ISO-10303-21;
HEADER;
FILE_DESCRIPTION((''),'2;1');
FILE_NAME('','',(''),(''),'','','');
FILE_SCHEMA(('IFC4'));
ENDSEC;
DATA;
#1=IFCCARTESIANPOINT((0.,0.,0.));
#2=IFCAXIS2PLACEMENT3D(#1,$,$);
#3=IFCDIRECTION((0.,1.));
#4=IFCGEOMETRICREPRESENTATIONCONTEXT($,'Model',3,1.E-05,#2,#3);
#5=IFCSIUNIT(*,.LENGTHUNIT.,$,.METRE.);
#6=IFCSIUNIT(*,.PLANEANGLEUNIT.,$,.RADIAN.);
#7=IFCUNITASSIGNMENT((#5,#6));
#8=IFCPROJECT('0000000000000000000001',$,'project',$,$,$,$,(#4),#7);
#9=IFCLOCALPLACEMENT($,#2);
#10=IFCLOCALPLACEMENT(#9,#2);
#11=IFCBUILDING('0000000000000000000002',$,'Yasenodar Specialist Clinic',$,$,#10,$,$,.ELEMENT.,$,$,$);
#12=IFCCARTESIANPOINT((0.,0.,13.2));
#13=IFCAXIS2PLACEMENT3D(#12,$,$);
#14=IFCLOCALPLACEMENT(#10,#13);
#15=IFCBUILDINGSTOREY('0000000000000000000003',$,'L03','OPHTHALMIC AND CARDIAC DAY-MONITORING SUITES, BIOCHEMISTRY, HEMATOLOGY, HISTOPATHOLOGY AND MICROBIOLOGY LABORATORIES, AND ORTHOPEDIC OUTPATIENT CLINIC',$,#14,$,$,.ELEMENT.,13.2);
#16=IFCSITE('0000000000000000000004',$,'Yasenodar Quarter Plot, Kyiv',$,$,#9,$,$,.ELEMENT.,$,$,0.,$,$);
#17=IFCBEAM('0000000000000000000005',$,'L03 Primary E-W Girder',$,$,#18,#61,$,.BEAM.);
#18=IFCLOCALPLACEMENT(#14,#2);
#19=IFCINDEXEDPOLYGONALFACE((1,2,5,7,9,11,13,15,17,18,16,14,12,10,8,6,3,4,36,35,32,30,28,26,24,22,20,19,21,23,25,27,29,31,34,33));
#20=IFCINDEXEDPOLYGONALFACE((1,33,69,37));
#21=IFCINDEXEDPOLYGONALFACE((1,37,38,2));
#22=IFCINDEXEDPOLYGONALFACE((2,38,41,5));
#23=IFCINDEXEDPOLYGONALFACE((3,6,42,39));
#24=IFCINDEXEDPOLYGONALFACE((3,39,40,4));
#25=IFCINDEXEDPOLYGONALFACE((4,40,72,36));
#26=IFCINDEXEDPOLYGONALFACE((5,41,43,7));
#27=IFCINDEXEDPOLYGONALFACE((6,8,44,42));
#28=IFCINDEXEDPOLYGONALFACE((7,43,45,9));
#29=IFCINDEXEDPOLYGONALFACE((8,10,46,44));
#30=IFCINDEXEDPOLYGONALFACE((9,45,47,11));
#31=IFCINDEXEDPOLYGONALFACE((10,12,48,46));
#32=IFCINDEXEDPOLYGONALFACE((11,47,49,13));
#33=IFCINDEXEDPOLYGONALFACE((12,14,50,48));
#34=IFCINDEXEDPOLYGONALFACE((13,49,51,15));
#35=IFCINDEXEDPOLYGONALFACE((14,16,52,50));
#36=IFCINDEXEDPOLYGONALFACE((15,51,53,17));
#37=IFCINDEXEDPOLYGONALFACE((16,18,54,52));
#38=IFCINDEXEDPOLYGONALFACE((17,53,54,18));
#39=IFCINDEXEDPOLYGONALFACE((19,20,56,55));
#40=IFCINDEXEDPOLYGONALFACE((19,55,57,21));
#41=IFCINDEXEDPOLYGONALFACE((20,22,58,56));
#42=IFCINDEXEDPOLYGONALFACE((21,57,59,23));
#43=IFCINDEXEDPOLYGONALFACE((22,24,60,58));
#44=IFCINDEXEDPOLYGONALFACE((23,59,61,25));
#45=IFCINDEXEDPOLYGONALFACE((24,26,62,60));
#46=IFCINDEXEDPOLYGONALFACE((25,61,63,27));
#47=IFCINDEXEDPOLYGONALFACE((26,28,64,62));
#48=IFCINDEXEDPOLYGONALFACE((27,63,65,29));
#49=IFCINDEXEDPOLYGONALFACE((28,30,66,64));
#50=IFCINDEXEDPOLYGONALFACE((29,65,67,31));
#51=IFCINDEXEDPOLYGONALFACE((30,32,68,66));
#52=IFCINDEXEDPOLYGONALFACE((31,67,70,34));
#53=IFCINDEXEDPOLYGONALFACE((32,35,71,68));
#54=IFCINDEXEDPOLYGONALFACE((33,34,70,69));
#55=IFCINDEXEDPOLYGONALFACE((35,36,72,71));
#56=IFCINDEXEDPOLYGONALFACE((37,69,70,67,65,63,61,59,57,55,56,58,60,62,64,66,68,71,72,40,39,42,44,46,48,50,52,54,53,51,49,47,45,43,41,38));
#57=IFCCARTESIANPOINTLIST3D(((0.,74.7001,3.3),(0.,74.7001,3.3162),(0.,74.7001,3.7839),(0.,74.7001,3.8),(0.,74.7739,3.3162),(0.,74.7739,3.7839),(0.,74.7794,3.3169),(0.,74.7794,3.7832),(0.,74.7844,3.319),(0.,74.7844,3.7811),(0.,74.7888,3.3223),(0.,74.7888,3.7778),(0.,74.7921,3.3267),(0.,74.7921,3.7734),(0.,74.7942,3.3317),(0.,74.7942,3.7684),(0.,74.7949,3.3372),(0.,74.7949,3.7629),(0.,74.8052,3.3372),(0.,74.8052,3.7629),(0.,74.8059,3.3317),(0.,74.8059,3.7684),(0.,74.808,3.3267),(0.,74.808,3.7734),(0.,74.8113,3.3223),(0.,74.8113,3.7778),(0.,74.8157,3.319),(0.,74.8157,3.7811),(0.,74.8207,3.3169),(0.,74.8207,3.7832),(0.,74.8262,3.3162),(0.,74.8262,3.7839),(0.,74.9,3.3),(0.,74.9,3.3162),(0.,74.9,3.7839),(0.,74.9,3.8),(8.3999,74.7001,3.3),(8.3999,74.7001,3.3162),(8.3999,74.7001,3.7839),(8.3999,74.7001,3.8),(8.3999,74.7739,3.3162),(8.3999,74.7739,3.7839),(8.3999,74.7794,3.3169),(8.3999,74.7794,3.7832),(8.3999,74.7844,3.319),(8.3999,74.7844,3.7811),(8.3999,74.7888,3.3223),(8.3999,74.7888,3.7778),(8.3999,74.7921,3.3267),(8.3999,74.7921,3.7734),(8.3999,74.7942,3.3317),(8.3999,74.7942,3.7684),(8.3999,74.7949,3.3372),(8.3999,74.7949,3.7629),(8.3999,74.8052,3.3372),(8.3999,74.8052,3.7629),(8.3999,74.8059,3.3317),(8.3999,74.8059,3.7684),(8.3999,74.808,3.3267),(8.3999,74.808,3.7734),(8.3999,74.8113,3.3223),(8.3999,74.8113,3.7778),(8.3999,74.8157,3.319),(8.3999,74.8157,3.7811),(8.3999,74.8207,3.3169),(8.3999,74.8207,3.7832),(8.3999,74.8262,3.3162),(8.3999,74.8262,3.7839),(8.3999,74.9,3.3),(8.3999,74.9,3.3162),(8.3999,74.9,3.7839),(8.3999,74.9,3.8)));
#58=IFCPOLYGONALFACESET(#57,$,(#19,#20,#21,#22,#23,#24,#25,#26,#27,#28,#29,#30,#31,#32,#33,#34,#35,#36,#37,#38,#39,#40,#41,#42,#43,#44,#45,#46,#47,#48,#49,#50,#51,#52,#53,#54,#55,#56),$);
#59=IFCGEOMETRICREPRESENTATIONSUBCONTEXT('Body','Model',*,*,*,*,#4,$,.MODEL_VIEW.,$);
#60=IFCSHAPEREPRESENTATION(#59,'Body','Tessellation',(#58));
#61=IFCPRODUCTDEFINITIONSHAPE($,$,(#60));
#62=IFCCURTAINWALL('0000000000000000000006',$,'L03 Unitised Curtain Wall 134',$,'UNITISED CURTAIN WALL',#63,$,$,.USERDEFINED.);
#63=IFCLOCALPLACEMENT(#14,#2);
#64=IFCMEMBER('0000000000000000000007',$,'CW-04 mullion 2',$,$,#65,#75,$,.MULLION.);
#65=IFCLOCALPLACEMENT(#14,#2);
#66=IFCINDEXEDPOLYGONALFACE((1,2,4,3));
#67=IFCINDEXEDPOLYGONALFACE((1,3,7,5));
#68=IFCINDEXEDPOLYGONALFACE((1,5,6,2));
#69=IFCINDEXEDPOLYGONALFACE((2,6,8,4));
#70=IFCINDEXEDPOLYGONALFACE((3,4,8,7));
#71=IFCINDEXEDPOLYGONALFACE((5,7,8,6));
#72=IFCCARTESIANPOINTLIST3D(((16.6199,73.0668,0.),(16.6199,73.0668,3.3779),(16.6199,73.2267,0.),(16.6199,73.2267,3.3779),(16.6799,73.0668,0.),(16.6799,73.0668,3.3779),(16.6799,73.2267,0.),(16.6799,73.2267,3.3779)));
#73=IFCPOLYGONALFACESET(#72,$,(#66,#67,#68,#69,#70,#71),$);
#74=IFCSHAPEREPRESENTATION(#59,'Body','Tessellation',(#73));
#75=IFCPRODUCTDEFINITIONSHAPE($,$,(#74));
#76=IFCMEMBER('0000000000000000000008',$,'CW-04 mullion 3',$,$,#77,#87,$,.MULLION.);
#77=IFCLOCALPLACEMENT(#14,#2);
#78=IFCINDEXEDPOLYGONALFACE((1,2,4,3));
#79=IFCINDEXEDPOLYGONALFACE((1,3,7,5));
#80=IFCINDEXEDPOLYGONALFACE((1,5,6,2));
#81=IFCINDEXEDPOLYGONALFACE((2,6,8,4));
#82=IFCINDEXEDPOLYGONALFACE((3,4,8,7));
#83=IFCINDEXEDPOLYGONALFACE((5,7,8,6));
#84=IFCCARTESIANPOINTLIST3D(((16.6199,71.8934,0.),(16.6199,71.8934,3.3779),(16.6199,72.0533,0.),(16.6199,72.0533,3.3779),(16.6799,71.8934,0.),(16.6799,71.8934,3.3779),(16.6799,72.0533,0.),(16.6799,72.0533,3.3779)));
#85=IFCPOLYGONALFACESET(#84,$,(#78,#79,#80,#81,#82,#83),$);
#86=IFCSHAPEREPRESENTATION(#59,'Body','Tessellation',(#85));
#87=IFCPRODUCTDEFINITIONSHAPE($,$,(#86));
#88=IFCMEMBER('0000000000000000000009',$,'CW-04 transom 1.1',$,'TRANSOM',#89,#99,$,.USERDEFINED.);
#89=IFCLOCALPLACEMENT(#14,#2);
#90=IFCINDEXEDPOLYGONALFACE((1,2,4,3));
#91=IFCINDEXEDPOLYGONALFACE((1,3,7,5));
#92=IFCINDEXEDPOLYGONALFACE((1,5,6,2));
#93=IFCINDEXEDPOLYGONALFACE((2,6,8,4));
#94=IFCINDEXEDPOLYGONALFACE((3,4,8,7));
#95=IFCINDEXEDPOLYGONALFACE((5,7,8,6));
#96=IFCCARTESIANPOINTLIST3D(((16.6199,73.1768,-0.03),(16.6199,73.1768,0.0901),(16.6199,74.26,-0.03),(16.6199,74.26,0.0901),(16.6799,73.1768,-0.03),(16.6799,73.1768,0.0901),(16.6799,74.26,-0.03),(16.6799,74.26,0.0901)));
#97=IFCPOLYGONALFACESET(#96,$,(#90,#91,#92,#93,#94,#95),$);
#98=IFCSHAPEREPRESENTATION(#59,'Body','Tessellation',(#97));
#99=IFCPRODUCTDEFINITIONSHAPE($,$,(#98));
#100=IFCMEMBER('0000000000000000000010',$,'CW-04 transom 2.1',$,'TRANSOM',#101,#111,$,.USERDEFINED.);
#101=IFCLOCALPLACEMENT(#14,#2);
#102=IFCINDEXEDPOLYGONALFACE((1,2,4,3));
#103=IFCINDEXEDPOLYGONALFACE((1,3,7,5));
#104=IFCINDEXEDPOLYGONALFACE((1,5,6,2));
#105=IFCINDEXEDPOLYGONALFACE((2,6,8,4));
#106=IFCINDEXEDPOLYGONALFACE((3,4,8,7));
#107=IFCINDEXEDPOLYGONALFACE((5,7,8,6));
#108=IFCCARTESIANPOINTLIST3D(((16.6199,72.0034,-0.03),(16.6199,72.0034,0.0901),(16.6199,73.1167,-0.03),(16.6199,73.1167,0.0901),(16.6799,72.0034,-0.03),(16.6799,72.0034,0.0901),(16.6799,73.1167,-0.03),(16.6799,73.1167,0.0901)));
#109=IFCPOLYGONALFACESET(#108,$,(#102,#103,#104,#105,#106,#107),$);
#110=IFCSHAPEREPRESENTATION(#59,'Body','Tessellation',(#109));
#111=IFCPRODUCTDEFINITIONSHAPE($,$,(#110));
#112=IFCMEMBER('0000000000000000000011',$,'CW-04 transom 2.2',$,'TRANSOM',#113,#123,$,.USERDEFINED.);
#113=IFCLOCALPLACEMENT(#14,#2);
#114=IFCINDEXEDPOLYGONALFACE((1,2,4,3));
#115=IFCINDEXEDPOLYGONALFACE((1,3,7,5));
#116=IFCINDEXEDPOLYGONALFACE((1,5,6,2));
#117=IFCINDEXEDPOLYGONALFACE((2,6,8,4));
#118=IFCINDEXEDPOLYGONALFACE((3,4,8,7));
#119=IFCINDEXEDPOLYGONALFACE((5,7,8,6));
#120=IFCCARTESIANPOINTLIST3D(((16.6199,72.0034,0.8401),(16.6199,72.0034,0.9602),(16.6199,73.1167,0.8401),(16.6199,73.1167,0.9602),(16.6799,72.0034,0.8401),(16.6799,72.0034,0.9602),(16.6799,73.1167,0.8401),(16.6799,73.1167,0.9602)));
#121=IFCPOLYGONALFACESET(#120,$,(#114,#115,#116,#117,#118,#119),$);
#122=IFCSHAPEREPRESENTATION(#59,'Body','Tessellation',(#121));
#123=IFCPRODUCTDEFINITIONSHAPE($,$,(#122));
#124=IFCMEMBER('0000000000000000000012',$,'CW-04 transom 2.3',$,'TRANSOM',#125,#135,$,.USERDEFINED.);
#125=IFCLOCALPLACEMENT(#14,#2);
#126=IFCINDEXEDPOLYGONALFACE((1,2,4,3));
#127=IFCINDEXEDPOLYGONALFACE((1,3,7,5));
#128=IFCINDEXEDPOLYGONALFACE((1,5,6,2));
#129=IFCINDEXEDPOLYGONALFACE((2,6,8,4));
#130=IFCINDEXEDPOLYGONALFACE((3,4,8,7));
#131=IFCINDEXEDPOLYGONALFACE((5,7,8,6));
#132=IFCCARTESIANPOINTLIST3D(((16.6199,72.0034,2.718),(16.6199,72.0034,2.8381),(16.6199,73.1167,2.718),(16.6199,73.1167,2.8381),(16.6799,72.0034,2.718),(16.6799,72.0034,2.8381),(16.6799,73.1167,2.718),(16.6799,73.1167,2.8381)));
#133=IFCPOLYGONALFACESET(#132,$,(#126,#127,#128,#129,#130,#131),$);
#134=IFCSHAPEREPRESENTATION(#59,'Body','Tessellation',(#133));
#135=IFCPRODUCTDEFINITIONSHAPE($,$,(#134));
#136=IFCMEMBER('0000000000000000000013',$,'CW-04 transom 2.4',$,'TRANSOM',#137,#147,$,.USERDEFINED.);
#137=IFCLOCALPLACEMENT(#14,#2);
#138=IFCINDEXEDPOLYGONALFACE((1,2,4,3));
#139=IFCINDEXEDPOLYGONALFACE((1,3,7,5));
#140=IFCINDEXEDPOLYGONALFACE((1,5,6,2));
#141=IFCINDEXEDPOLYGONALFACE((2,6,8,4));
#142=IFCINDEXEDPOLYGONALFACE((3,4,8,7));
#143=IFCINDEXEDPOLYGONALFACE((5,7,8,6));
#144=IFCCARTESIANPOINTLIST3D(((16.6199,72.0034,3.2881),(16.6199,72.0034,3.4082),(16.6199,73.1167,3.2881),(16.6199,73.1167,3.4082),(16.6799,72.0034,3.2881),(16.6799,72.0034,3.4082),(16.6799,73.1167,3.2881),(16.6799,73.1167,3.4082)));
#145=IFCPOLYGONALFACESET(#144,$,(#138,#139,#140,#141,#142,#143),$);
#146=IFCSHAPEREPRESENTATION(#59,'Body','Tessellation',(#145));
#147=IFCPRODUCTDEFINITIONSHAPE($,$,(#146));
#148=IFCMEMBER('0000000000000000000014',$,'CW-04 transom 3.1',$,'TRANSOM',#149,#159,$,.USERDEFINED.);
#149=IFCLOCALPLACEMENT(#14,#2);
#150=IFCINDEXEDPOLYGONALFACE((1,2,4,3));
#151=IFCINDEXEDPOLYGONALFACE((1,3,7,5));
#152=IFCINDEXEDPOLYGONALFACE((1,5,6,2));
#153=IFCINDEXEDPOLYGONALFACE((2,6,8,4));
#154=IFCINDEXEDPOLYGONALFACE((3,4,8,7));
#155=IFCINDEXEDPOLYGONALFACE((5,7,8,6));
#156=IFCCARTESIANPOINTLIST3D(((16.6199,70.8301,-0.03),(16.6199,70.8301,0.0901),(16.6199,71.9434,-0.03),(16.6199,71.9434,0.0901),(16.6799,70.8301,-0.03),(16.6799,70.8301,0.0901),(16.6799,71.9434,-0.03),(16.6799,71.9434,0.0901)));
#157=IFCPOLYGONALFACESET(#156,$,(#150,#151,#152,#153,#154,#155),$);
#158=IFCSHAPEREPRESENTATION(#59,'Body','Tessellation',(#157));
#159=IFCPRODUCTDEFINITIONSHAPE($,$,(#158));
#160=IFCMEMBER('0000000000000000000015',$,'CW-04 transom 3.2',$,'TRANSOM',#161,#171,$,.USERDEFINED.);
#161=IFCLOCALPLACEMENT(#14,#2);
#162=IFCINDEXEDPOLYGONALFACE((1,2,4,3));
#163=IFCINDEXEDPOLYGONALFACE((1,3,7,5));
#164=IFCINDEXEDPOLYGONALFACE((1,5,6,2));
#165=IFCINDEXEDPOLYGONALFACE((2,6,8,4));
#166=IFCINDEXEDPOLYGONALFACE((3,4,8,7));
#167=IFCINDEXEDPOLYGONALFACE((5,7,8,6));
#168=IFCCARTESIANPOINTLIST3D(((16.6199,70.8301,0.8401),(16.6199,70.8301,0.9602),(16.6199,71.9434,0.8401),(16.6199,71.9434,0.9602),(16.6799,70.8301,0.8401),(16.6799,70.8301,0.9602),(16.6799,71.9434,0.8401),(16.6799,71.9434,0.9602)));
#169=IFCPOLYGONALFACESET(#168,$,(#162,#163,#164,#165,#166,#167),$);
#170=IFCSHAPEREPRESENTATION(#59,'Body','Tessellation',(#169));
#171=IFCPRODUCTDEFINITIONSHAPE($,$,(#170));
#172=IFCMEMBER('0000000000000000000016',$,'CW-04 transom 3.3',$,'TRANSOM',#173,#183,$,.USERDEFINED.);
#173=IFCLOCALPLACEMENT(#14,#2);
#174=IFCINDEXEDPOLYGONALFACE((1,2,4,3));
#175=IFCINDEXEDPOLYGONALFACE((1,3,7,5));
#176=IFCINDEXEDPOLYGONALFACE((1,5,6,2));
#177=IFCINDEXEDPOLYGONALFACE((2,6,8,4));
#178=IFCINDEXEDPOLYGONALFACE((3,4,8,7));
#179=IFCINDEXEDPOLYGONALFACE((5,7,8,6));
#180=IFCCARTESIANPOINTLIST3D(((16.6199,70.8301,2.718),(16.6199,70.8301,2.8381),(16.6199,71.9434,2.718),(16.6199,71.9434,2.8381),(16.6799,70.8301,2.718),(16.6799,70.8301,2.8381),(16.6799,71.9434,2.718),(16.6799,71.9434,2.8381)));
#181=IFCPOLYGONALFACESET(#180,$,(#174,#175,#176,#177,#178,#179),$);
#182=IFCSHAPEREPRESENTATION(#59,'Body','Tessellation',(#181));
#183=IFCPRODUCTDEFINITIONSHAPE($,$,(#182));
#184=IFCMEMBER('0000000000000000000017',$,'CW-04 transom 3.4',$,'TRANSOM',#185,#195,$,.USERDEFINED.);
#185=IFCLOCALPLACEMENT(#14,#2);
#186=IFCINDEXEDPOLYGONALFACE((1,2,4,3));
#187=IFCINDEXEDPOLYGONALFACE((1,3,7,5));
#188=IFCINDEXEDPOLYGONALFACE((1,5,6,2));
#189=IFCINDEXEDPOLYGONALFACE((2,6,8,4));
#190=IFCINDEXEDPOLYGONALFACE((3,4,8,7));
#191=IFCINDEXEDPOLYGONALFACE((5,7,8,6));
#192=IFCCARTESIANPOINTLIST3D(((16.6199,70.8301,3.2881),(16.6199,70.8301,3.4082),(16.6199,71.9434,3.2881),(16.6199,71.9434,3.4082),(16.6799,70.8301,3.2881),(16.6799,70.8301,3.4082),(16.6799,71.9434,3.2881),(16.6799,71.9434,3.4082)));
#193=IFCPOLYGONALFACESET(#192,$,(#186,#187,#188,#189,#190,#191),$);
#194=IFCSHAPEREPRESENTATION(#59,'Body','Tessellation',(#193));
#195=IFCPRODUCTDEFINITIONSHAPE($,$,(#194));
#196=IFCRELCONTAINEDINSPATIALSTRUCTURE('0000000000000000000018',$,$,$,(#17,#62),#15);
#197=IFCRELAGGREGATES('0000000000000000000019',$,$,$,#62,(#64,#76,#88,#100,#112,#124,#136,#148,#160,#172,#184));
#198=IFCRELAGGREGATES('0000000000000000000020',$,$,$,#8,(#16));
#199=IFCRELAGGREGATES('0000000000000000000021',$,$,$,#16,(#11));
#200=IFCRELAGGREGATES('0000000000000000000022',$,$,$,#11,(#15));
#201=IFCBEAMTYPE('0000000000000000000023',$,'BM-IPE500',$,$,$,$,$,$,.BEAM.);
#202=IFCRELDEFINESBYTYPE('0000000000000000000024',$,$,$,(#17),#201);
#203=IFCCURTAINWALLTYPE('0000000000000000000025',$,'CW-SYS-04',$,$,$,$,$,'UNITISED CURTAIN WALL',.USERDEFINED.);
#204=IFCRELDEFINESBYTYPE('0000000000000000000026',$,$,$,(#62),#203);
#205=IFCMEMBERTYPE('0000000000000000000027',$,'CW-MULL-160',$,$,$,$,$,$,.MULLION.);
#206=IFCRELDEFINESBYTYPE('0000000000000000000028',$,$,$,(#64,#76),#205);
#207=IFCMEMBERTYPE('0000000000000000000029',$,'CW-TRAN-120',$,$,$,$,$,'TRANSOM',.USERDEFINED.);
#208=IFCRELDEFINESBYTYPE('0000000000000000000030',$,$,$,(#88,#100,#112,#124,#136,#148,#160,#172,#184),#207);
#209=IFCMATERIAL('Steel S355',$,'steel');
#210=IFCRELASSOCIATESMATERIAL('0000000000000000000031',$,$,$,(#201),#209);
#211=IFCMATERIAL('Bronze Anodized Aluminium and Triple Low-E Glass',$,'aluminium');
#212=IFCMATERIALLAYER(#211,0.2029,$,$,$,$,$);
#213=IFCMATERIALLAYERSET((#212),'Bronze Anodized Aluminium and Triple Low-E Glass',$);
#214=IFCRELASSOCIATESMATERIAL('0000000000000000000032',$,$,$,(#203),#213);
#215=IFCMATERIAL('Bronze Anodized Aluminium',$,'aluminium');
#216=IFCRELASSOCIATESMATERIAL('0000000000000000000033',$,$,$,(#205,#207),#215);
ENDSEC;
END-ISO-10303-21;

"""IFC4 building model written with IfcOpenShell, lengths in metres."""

from ifc_helpers import new_model, si_unit, direction, frame, origin, origin_2d, place, context, subcontext, project, spatial, rectangle, i_section, extrude, material, layer, layer_set, material_profile, profile_set, type_object, element, aggregate, save


model = new_model("IFC4")

# Units and contexts
model_context = context("Model", 3, precision=1e-05, world=origin(), true_north=direction((0.0, 1.0)))
body_context = subcontext(model_context, "Body", "Model", "MODEL_VIEW")
ifc_project = project(units=[si_unit("LENGTHUNIT", "METRE"), si_unit("PLANEANGLEUNIT", "RADIAN")], contexts=[model_context])

# Site, building, storey
site_placement = place(None, origin())
site = spatial("IfcSite", under=ifc_project, at=site_placement, Name="Yasenodar Quarter Plot, Kyiv", CompositionType="ELEMENT", RefElevation=0.0)
building_placement = place(site_placement, origin())
building = spatial("IfcBuilding", under=site, at=building_placement, Name="Yasenodar Specialist Clinic", CompositionType="ELEMENT")
storey_placement = place(building_placement, frame((0.0, 0.0, 13.2)))
storey = spatial("IfcBuildingStorey", under=building, at=storey_placement, Name="L03", Description="OPHTHALMIC AND CARDIAC DAY-MONITORING SUITES, BIOCHEMISTRY, HEMATOLOGY, HISTOPATHOLOGY AND MICROBIOLOGY LABORATORIES, AND ORTHOPEDIC OUTPATIENT CLINIC", CompositionType="ELEMENT", Elevation=13.2)

# Shared definitions
ifc_material_1 = material(Name="Steel S355", Category="steel")

# Beam
ifc_material_profile_1 = material_profile(ifc_material_1, i_section(OverallWidth=0.2, OverallDepth=0.5, WebThickness=0.0103, FlangeThickness=0.0161, FilletRadius=0.021, at=origin_2d()), Name="IPE 500")
ifc_profile_set_1 = profile_set([ifc_material_profile_1], Name="Steel S355")
beam_type_1 = type_object("IfcBeamType", Name="BM-IPE500", PredefinedType="BEAM", material=ifc_profile_set_1)
beam_1_placement = place(storey_placement, frame((0.0, 74.8, 3.55), z_axis=(1.0, 0.0, 0.0), x_axis=(0.0, 1.0, 0.0)))
element("IfcBeam", 1, at=beam_1_placement, inside=storey, type_object=beam_type_1, Name="L03 Primary E-W Girder", PredefinedType="BEAM", context=body_context, shape_type="SweptSolid", body=[
    extrude(i_section(OverallWidth=0.2, OverallDepth=0.5, WebThickness=0.0103, FlangeThickness=0.0161, FilletRadius=0.021, at=origin_2d()), origin(), (0.0, 0.0, 1.0), 8.3999),
])

# Curtain wall, members
ifc_material_2 = material(Name="Bronze Anodized Aluminium and Triple Low-E Glass", Category="aluminium")
ifc_layer_1 = layer(ifc_material_2, 0.2029)
ifc_layer_set_1 = layer_set([ifc_layer_1], Name="Bronze Anodized Aluminium and Triple Low-E Glass")
curtain_wall_type = type_object("IfcCurtainWallType", Name="CW-SYS-04", ElementType="UNITISED CURTAIN WALL", PredefinedType="USERDEFINED", material=ifc_layer_set_1)
curtain_wall_placement = place(storey_placement, origin())
curtain_wall = element("IfcCurtainWall", 2, at=curtain_wall_placement, inside=storey, type_object=curtain_wall_type, Name="L03 Unitised Curtain Wall 134", ObjectType="UNITISED CURTAIN WALL", PredefinedType="USERDEFINED")
ifc_material_3 = material(Name="Bronze Anodized Aluminium", Category="aluminium")
ifc_material_profile_2 = material_profile(ifc_material_3, rectangle(XDim=0.0601, YDim=0.1599, at=origin_2d()), Name="CW-MULL 60x160")
ifc_profile_set_2 = profile_set([ifc_material_profile_2], Name="Bronze Anodized Aluminium")
member_type_1 = type_object("IfcMemberType", Name="CW-MULL-160", PredefinedType="MULLION", material=ifc_profile_set_2)
member_1_placement = place(storey_placement, frame((16.6499, 73.1467, 0.0), z_axis=(0.0, 0.0, 1.0), x_axis=(1.0, 0.0, 0.0)))
member_1 = element("IfcMember", 3, at=member_1_placement, type_object=member_type_1, Name="CW-04 mullion 2", PredefinedType="MULLION", context=body_context, shape_type="SweptSolid", body=[
    extrude(rectangle(XDim=0.0601, YDim=0.1599, at=origin_2d()), origin(), (0.0, 0.0, 1.0), 3.3779),
])
member_2_placement = place(storey_placement, frame((16.6499, 71.9734, 0.0), z_axis=(0.0, 0.0, 1.0), x_axis=(1.0, 0.0, 0.0)))
member_2 = element("IfcMember", 4, at=member_2_placement, type_object=member_type_1, Name="CW-04 mullion 3", PredefinedType="MULLION", context=body_context, shape_type="SweptSolid", body=[
    extrude(rectangle(XDim=0.0601, YDim=0.1599, at=origin_2d()), origin(), (0.0, 0.0, 1.0), 3.3779),
])
ifc_material_profile_3 = material_profile(ifc_material_3, rectangle(XDim=0.0601, YDim=0.1201, at=origin_2d()), Name="CW-TRAN 60x120")
ifc_profile_set_3 = profile_set([ifc_material_profile_3], Name="Bronze Anodized Aluminium")
member_type_2 = type_object("IfcMemberType", Name="CW-TRAN-120", ElementType="TRANSOM", PredefinedType="USERDEFINED", material=ifc_profile_set_3)
member_3_placement = place(storey_placement, frame((16.6499, 74.26, 0.03), z_axis=(0.0, -1.0, 0.0), x_axis=(1.0, 0.0, 0.0)))
member_3 = element("IfcMember", 5, at=member_3_placement, type_object=member_type_2, Name="CW-04 transom 1.1", ObjectType="TRANSOM", PredefinedType="USERDEFINED", context=body_context, shape_type="SweptSolid", body=[
    extrude(rectangle(XDim=0.0601, YDim=0.1201, at=origin_2d()), origin(), (0.0, 0.0, 1.0), 1.0833),
])
member_4_placement = place(storey_placement, frame((16.6499, 73.1167, 0.03), z_axis=(0.0, -1.0, 0.0), x_axis=(1.0, 0.0, 0.0)))
member_4 = element("IfcMember", 6, at=member_4_placement, type_object=member_type_2, Name="CW-04 transom 2.1", ObjectType="TRANSOM", PredefinedType="USERDEFINED", context=body_context, shape_type="SweptSolid", body=[
    extrude(rectangle(XDim=0.0601, YDim=0.1201, at=origin_2d()), origin(), (0.0, 0.0, 1.0), 1.1133),
])
member_5_placement = place(storey_placement, frame((16.6499, 73.1167, 0.9001), z_axis=(0.0, -1.0, 0.0), x_axis=(1.0, 0.0, 0.0)))
member_5 = element("IfcMember", 7, at=member_5_placement, type_object=member_type_2, Name="CW-04 transom 2.2", ObjectType="TRANSOM", PredefinedType="USERDEFINED", context=body_context, shape_type="SweptSolid", body=[
    extrude(rectangle(XDim=0.0601, YDim=0.1201, at=origin_2d()), origin(), (0.0, 0.0, 1.0), 1.1133),
])
member_6_placement = place(storey_placement, frame((16.6499, 73.1167, 2.7781), z_axis=(0.0, -1.0, 0.0), x_axis=(1.0, 0.0, 0.0)))
member_6 = element("IfcMember", 8, at=member_6_placement, type_object=member_type_2, Name="CW-04 transom 2.3", ObjectType="TRANSOM", PredefinedType="USERDEFINED", context=body_context, shape_type="SweptSolid", body=[
    extrude(rectangle(XDim=0.0601, YDim=0.1201, at=origin_2d()), origin(), (0.0, 0.0, 1.0), 1.1133),
])
member_7_placement = place(storey_placement, frame((16.6499, 73.1167, 3.3481), z_axis=(0.0, -1.0, 0.0), x_axis=(1.0, 0.0, 0.0)))
member_7 = element("IfcMember", 9, at=member_7_placement, type_object=member_type_2, Name="CW-04 transom 2.4", ObjectType="TRANSOM", PredefinedType="USERDEFINED", context=body_context, shape_type="SweptSolid", body=[
    extrude(rectangle(XDim=0.0601, YDim=0.1201, at=origin_2d()), origin(), (0.0, 0.0, 1.0), 1.1133),
])
member_8_placement = place(storey_placement, frame((16.6499, 71.9434, 0.03), z_axis=(0.0, -1.0, 0.0), x_axis=(1.0, 0.0, 0.0)))
member_8 = element("IfcMember", 10, at=member_8_placement, type_object=member_type_2, Name="CW-04 transom 3.1", ObjectType="TRANSOM", PredefinedType="USERDEFINED", context=body_context, shape_type="SweptSolid", body=[
    extrude(rectangle(XDim=0.0601, YDim=0.1201, at=origin_2d()), origin(), (0.0, 0.0, 1.0), 1.1133),
])
member_9_placement = place(storey_placement, frame((16.6499, 71.9434, 0.9001), z_axis=(0.0, -1.0, 0.0), x_axis=(1.0, 0.0, 0.0)))
member_9 = element("IfcMember", 11, at=member_9_placement, type_object=member_type_2, Name="CW-04 transom 3.2", ObjectType="TRANSOM", PredefinedType="USERDEFINED", context=body_context, shape_type="SweptSolid", body=[
    extrude(rectangle(XDim=0.0601, YDim=0.1201, at=origin_2d()), origin(), (0.0, 0.0, 1.0), 1.1133),
])
member_10_placement = place(storey_placement, frame((16.6499, 71.9434, 2.7781), z_axis=(0.0, -1.0, 0.0), x_axis=(1.0, 0.0, 0.0)))
member_10 = element("IfcMember", 12, at=member_10_placement, type_object=member_type_2, Name="CW-04 transom 3.3", ObjectType="TRANSOM", PredefinedType="USERDEFINED", context=body_context, shape_type="SweptSolid", body=[
    extrude(rectangle(XDim=0.0601, YDim=0.1201, at=origin_2d()), origin(), (0.0, 0.0, 1.0), 1.1133),
])
member_11_placement = place(storey_placement, frame((16.6499, 71.9434, 3.3481), z_axis=(0.0, -1.0, 0.0), x_axis=(1.0, 0.0, 0.0)))
member_11 = element("IfcMember", 13, at=member_11_placement, type_object=member_type_2, Name="CW-04 transom 3.4", ObjectType="TRANSOM", PredefinedType="USERDEFINED", context=body_context, shape_type="SweptSolid", body=[
    extrude(rectangle(XDim=0.0601, YDim=0.1201, at=origin_2d()), origin(), (0.0, 0.0, 1.0), 1.1133),
])

aggregate(curtain_wall, [member_1, member_2, member_3, member_4, member_5, member_6, member_7, member_8, member_9, member_10, member_11])

save(model, "model.ifc")
